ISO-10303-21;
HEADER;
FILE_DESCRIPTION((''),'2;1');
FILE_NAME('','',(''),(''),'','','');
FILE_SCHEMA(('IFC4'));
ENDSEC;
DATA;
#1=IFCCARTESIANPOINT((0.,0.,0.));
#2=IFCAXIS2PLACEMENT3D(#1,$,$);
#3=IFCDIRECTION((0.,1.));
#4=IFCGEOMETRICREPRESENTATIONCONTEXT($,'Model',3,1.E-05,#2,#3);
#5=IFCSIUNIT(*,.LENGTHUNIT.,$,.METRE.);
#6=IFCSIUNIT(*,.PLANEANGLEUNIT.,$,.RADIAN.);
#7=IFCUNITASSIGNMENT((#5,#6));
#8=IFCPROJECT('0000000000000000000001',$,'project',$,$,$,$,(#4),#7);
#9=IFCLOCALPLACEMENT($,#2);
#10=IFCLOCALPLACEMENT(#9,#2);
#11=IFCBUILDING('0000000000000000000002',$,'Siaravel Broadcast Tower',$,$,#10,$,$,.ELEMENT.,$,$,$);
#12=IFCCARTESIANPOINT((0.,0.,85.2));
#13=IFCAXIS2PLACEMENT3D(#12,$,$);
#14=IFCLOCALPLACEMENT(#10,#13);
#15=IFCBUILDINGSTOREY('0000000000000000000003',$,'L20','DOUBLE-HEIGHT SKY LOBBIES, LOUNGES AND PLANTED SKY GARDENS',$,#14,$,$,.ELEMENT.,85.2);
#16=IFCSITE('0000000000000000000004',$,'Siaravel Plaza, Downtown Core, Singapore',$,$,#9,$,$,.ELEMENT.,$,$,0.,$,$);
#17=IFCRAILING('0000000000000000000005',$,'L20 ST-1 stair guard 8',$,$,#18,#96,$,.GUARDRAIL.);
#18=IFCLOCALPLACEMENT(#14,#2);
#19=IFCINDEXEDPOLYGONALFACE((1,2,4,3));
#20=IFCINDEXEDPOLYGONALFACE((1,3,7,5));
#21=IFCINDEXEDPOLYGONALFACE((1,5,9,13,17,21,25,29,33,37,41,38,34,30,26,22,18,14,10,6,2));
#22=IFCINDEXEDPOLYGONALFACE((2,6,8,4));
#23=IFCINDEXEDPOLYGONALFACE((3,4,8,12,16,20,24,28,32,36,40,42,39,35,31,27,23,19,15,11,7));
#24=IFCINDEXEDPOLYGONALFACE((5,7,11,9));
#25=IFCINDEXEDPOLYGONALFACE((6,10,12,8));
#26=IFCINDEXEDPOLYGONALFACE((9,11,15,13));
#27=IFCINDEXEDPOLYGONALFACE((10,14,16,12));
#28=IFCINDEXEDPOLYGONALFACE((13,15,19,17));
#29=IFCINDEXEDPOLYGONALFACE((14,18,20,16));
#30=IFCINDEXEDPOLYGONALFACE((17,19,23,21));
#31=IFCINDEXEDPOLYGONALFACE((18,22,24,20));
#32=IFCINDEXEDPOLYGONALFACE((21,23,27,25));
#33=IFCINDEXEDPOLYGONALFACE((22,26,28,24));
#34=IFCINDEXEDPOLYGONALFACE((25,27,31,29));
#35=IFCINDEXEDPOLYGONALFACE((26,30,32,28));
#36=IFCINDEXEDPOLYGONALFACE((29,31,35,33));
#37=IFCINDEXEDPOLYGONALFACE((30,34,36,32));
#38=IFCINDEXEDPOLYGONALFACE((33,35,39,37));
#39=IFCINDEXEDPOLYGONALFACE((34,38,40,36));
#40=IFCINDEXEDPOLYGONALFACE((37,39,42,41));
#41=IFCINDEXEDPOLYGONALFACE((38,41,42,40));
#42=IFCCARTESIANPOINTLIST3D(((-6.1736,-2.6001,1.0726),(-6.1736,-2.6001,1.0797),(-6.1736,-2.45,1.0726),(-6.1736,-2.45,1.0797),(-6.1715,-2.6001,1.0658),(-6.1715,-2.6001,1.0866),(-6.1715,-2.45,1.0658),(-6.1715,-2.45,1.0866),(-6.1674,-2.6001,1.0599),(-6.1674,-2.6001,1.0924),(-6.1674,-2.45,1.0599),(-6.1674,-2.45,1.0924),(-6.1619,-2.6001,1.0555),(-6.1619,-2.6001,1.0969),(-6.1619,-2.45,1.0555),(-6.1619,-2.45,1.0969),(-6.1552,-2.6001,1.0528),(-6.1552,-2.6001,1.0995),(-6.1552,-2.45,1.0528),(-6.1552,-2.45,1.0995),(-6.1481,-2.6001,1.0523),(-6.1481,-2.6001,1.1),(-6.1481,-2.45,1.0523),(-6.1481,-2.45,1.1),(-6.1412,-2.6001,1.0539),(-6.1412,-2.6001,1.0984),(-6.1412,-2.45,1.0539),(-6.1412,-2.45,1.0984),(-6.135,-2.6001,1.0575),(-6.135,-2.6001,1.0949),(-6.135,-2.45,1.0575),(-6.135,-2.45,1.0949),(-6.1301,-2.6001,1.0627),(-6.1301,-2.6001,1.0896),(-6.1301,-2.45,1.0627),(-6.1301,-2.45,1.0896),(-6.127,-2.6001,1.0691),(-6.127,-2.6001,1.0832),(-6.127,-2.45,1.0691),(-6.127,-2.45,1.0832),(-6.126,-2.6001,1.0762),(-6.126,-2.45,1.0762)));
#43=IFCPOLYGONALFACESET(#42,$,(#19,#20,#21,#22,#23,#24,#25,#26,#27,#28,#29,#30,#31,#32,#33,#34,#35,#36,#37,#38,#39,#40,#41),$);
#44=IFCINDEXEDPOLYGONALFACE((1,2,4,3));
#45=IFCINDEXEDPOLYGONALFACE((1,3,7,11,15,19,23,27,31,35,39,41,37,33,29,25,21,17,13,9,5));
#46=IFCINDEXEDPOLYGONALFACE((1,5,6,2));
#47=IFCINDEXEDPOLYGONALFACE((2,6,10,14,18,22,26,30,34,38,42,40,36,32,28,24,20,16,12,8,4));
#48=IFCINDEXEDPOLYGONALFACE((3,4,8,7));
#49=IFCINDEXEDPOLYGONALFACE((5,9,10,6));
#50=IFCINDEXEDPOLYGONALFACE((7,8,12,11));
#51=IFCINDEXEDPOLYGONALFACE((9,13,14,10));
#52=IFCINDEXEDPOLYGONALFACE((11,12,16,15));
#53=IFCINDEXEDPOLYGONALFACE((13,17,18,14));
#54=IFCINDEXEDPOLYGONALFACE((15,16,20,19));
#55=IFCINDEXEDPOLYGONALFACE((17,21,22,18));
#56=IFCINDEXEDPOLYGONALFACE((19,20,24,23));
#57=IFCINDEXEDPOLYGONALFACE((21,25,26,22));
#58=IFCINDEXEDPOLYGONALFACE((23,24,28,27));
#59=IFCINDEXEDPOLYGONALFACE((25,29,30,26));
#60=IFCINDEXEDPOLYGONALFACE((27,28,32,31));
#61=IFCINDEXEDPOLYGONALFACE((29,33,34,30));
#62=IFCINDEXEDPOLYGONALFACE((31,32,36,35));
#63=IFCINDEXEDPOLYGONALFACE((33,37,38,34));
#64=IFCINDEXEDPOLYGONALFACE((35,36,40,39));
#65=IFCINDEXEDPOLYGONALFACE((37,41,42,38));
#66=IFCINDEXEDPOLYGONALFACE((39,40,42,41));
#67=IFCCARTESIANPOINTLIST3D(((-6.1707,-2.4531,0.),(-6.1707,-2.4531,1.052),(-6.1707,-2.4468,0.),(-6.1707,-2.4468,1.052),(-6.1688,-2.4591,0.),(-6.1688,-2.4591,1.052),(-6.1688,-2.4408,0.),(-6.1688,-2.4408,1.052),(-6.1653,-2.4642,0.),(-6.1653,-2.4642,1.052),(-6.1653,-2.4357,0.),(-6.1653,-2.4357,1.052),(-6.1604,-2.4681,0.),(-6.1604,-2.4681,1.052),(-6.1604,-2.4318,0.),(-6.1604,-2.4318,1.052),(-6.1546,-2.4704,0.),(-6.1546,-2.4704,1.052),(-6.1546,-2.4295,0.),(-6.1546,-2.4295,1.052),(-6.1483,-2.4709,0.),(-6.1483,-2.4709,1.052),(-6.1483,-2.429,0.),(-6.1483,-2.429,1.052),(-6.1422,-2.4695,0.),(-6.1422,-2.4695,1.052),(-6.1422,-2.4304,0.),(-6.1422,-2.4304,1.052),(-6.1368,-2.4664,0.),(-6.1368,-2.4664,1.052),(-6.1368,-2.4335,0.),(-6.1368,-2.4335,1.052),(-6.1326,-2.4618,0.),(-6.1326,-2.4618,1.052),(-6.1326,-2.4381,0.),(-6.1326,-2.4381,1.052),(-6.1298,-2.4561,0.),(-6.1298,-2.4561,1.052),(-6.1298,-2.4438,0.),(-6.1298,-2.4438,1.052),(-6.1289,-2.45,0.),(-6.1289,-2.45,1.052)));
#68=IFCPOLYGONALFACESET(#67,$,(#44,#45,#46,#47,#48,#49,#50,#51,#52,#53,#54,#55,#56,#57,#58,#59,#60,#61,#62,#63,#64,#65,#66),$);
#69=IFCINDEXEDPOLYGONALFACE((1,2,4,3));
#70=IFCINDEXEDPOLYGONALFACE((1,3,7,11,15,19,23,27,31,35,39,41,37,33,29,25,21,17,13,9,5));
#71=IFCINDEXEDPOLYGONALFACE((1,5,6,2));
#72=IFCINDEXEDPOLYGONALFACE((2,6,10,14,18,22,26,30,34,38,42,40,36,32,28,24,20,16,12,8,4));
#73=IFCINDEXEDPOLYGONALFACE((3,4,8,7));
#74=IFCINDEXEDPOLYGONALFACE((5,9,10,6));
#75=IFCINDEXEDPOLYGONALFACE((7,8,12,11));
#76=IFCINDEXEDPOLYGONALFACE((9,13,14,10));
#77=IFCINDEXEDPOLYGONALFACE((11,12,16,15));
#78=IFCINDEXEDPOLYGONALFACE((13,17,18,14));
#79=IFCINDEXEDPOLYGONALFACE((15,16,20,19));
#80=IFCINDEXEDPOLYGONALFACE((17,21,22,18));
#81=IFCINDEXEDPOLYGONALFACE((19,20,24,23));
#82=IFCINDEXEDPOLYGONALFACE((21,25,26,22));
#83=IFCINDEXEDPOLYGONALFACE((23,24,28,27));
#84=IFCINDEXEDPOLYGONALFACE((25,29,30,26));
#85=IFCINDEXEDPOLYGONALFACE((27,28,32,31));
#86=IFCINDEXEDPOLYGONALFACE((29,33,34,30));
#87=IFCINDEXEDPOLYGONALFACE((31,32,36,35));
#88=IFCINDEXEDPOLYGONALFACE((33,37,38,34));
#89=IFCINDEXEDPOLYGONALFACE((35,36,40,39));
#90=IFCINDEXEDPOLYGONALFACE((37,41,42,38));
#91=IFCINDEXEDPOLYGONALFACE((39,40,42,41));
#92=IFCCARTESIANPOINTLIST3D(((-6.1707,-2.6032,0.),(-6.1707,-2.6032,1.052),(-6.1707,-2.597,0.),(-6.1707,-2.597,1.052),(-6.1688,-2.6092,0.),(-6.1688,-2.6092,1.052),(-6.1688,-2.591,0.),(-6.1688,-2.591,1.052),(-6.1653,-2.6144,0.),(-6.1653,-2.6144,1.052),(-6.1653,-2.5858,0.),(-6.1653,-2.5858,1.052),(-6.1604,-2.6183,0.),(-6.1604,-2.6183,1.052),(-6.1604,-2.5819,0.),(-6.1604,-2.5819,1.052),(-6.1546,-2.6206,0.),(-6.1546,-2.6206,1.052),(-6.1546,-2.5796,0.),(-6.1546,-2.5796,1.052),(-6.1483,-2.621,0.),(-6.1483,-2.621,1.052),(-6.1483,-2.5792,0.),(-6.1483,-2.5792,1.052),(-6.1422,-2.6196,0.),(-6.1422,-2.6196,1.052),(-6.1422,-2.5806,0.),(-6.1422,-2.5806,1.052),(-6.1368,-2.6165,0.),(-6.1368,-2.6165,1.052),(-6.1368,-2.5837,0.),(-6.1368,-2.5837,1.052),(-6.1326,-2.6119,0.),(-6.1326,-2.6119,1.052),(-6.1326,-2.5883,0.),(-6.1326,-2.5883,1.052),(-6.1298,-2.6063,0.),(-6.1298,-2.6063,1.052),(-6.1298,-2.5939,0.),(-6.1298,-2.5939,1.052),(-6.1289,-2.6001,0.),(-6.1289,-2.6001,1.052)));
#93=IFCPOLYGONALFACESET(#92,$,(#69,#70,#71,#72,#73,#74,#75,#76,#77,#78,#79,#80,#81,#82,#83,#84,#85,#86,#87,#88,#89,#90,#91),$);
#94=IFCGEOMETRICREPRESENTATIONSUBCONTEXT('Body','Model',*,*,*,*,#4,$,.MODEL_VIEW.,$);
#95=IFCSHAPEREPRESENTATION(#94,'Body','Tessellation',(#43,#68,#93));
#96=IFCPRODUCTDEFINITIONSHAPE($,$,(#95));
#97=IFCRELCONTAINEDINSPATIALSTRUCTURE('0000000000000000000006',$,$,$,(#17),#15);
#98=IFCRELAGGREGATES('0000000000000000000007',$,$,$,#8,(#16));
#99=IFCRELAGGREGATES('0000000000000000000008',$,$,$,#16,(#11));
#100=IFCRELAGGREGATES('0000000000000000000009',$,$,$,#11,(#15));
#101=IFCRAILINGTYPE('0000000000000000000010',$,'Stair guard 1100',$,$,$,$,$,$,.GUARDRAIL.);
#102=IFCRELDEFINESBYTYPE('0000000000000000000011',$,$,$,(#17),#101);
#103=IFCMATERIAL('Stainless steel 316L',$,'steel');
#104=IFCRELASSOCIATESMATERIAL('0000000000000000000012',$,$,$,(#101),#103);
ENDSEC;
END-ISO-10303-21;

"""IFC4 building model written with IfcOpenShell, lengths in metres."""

from ifc_helpers import new_model, si_unit, direction, frame, origin, origin_2d, place, context, subcontext, project, spatial, circle, extrude, material, type_object, element, save


model = new_model("IFC4")

# Units and contexts
model_context = context("Model", 3, precision=1e-05, world=origin(), true_north=direction((0.0, 1.0)))
body_context = subcontext(model_context, "Body", "Model", "MODEL_VIEW")
ifc_project = project(units=[si_unit("LENGTHUNIT", "METRE"), si_unit("PLANEANGLEUNIT", "RADIAN")], contexts=[model_context])

# Site, building, storey
site_placement = place(None, origin())
site = spatial("IfcSite", under=ifc_project, at=site_placement, Name="Siaravel Plaza, Downtown Core, Singapore", CompositionType="ELEMENT", RefElevation=0.0)
building_placement = place(site_placement, origin())
building = spatial("IfcBuilding", under=site, at=building_placement, Name="Siaravel Broadcast Tower", CompositionType="ELEMENT")
storey_placement = place(building_placement, frame((0.0, 0.0, 85.2)))
storey = spatial("IfcBuildingStorey", under=building, at=storey_placement, Name="L20", Description="DOUBLE-HEIGHT SKY LOBBIES, LOUNGES AND PLANTED SKY GARDENS", CompositionType="ELEMENT", Elevation=85.2)

# Railing
ifc_material_1 = material(Name="Stainless steel 316L", Category="steel")
railing_type_1 = type_object("IfcRailingType", Name="Stair guard 1100", PredefinedType="GUARDRAIL", material=ifc_material_1)
railing_1_placement = place(storey_placement, frame((-6.1499, -2.45, 0.0)))
element("IfcRailing", 1, at=railing_1_placement, inside=storey, type_object=railing_type_1, Name="L20 ST-1 stair guard 8", PredefinedType="GUARDRAIL", context=body_context, shape_type="SweptSolid", body=[
    extrude(circle(Radius=0.0239, at=origin_2d()), frame((0.0, 0.0, 1.0762), z_axis=(0.0, -1.0, 0.0), x_axis=(1.0, 0.0, 0.0)), (0.0, 0.0, 1.0), 0.1501),
    extrude(circle(Radius=0.021, at=origin_2d()), origin(), (0.0, 0.0, 1.0), 1.052),
    extrude(circle(Radius=0.021, at=origin_2d()), frame((0.0, -0.1501, 0.0)), (0.0, 0.0, 1.0), 1.052),
])

save(model, "model.ifc")
